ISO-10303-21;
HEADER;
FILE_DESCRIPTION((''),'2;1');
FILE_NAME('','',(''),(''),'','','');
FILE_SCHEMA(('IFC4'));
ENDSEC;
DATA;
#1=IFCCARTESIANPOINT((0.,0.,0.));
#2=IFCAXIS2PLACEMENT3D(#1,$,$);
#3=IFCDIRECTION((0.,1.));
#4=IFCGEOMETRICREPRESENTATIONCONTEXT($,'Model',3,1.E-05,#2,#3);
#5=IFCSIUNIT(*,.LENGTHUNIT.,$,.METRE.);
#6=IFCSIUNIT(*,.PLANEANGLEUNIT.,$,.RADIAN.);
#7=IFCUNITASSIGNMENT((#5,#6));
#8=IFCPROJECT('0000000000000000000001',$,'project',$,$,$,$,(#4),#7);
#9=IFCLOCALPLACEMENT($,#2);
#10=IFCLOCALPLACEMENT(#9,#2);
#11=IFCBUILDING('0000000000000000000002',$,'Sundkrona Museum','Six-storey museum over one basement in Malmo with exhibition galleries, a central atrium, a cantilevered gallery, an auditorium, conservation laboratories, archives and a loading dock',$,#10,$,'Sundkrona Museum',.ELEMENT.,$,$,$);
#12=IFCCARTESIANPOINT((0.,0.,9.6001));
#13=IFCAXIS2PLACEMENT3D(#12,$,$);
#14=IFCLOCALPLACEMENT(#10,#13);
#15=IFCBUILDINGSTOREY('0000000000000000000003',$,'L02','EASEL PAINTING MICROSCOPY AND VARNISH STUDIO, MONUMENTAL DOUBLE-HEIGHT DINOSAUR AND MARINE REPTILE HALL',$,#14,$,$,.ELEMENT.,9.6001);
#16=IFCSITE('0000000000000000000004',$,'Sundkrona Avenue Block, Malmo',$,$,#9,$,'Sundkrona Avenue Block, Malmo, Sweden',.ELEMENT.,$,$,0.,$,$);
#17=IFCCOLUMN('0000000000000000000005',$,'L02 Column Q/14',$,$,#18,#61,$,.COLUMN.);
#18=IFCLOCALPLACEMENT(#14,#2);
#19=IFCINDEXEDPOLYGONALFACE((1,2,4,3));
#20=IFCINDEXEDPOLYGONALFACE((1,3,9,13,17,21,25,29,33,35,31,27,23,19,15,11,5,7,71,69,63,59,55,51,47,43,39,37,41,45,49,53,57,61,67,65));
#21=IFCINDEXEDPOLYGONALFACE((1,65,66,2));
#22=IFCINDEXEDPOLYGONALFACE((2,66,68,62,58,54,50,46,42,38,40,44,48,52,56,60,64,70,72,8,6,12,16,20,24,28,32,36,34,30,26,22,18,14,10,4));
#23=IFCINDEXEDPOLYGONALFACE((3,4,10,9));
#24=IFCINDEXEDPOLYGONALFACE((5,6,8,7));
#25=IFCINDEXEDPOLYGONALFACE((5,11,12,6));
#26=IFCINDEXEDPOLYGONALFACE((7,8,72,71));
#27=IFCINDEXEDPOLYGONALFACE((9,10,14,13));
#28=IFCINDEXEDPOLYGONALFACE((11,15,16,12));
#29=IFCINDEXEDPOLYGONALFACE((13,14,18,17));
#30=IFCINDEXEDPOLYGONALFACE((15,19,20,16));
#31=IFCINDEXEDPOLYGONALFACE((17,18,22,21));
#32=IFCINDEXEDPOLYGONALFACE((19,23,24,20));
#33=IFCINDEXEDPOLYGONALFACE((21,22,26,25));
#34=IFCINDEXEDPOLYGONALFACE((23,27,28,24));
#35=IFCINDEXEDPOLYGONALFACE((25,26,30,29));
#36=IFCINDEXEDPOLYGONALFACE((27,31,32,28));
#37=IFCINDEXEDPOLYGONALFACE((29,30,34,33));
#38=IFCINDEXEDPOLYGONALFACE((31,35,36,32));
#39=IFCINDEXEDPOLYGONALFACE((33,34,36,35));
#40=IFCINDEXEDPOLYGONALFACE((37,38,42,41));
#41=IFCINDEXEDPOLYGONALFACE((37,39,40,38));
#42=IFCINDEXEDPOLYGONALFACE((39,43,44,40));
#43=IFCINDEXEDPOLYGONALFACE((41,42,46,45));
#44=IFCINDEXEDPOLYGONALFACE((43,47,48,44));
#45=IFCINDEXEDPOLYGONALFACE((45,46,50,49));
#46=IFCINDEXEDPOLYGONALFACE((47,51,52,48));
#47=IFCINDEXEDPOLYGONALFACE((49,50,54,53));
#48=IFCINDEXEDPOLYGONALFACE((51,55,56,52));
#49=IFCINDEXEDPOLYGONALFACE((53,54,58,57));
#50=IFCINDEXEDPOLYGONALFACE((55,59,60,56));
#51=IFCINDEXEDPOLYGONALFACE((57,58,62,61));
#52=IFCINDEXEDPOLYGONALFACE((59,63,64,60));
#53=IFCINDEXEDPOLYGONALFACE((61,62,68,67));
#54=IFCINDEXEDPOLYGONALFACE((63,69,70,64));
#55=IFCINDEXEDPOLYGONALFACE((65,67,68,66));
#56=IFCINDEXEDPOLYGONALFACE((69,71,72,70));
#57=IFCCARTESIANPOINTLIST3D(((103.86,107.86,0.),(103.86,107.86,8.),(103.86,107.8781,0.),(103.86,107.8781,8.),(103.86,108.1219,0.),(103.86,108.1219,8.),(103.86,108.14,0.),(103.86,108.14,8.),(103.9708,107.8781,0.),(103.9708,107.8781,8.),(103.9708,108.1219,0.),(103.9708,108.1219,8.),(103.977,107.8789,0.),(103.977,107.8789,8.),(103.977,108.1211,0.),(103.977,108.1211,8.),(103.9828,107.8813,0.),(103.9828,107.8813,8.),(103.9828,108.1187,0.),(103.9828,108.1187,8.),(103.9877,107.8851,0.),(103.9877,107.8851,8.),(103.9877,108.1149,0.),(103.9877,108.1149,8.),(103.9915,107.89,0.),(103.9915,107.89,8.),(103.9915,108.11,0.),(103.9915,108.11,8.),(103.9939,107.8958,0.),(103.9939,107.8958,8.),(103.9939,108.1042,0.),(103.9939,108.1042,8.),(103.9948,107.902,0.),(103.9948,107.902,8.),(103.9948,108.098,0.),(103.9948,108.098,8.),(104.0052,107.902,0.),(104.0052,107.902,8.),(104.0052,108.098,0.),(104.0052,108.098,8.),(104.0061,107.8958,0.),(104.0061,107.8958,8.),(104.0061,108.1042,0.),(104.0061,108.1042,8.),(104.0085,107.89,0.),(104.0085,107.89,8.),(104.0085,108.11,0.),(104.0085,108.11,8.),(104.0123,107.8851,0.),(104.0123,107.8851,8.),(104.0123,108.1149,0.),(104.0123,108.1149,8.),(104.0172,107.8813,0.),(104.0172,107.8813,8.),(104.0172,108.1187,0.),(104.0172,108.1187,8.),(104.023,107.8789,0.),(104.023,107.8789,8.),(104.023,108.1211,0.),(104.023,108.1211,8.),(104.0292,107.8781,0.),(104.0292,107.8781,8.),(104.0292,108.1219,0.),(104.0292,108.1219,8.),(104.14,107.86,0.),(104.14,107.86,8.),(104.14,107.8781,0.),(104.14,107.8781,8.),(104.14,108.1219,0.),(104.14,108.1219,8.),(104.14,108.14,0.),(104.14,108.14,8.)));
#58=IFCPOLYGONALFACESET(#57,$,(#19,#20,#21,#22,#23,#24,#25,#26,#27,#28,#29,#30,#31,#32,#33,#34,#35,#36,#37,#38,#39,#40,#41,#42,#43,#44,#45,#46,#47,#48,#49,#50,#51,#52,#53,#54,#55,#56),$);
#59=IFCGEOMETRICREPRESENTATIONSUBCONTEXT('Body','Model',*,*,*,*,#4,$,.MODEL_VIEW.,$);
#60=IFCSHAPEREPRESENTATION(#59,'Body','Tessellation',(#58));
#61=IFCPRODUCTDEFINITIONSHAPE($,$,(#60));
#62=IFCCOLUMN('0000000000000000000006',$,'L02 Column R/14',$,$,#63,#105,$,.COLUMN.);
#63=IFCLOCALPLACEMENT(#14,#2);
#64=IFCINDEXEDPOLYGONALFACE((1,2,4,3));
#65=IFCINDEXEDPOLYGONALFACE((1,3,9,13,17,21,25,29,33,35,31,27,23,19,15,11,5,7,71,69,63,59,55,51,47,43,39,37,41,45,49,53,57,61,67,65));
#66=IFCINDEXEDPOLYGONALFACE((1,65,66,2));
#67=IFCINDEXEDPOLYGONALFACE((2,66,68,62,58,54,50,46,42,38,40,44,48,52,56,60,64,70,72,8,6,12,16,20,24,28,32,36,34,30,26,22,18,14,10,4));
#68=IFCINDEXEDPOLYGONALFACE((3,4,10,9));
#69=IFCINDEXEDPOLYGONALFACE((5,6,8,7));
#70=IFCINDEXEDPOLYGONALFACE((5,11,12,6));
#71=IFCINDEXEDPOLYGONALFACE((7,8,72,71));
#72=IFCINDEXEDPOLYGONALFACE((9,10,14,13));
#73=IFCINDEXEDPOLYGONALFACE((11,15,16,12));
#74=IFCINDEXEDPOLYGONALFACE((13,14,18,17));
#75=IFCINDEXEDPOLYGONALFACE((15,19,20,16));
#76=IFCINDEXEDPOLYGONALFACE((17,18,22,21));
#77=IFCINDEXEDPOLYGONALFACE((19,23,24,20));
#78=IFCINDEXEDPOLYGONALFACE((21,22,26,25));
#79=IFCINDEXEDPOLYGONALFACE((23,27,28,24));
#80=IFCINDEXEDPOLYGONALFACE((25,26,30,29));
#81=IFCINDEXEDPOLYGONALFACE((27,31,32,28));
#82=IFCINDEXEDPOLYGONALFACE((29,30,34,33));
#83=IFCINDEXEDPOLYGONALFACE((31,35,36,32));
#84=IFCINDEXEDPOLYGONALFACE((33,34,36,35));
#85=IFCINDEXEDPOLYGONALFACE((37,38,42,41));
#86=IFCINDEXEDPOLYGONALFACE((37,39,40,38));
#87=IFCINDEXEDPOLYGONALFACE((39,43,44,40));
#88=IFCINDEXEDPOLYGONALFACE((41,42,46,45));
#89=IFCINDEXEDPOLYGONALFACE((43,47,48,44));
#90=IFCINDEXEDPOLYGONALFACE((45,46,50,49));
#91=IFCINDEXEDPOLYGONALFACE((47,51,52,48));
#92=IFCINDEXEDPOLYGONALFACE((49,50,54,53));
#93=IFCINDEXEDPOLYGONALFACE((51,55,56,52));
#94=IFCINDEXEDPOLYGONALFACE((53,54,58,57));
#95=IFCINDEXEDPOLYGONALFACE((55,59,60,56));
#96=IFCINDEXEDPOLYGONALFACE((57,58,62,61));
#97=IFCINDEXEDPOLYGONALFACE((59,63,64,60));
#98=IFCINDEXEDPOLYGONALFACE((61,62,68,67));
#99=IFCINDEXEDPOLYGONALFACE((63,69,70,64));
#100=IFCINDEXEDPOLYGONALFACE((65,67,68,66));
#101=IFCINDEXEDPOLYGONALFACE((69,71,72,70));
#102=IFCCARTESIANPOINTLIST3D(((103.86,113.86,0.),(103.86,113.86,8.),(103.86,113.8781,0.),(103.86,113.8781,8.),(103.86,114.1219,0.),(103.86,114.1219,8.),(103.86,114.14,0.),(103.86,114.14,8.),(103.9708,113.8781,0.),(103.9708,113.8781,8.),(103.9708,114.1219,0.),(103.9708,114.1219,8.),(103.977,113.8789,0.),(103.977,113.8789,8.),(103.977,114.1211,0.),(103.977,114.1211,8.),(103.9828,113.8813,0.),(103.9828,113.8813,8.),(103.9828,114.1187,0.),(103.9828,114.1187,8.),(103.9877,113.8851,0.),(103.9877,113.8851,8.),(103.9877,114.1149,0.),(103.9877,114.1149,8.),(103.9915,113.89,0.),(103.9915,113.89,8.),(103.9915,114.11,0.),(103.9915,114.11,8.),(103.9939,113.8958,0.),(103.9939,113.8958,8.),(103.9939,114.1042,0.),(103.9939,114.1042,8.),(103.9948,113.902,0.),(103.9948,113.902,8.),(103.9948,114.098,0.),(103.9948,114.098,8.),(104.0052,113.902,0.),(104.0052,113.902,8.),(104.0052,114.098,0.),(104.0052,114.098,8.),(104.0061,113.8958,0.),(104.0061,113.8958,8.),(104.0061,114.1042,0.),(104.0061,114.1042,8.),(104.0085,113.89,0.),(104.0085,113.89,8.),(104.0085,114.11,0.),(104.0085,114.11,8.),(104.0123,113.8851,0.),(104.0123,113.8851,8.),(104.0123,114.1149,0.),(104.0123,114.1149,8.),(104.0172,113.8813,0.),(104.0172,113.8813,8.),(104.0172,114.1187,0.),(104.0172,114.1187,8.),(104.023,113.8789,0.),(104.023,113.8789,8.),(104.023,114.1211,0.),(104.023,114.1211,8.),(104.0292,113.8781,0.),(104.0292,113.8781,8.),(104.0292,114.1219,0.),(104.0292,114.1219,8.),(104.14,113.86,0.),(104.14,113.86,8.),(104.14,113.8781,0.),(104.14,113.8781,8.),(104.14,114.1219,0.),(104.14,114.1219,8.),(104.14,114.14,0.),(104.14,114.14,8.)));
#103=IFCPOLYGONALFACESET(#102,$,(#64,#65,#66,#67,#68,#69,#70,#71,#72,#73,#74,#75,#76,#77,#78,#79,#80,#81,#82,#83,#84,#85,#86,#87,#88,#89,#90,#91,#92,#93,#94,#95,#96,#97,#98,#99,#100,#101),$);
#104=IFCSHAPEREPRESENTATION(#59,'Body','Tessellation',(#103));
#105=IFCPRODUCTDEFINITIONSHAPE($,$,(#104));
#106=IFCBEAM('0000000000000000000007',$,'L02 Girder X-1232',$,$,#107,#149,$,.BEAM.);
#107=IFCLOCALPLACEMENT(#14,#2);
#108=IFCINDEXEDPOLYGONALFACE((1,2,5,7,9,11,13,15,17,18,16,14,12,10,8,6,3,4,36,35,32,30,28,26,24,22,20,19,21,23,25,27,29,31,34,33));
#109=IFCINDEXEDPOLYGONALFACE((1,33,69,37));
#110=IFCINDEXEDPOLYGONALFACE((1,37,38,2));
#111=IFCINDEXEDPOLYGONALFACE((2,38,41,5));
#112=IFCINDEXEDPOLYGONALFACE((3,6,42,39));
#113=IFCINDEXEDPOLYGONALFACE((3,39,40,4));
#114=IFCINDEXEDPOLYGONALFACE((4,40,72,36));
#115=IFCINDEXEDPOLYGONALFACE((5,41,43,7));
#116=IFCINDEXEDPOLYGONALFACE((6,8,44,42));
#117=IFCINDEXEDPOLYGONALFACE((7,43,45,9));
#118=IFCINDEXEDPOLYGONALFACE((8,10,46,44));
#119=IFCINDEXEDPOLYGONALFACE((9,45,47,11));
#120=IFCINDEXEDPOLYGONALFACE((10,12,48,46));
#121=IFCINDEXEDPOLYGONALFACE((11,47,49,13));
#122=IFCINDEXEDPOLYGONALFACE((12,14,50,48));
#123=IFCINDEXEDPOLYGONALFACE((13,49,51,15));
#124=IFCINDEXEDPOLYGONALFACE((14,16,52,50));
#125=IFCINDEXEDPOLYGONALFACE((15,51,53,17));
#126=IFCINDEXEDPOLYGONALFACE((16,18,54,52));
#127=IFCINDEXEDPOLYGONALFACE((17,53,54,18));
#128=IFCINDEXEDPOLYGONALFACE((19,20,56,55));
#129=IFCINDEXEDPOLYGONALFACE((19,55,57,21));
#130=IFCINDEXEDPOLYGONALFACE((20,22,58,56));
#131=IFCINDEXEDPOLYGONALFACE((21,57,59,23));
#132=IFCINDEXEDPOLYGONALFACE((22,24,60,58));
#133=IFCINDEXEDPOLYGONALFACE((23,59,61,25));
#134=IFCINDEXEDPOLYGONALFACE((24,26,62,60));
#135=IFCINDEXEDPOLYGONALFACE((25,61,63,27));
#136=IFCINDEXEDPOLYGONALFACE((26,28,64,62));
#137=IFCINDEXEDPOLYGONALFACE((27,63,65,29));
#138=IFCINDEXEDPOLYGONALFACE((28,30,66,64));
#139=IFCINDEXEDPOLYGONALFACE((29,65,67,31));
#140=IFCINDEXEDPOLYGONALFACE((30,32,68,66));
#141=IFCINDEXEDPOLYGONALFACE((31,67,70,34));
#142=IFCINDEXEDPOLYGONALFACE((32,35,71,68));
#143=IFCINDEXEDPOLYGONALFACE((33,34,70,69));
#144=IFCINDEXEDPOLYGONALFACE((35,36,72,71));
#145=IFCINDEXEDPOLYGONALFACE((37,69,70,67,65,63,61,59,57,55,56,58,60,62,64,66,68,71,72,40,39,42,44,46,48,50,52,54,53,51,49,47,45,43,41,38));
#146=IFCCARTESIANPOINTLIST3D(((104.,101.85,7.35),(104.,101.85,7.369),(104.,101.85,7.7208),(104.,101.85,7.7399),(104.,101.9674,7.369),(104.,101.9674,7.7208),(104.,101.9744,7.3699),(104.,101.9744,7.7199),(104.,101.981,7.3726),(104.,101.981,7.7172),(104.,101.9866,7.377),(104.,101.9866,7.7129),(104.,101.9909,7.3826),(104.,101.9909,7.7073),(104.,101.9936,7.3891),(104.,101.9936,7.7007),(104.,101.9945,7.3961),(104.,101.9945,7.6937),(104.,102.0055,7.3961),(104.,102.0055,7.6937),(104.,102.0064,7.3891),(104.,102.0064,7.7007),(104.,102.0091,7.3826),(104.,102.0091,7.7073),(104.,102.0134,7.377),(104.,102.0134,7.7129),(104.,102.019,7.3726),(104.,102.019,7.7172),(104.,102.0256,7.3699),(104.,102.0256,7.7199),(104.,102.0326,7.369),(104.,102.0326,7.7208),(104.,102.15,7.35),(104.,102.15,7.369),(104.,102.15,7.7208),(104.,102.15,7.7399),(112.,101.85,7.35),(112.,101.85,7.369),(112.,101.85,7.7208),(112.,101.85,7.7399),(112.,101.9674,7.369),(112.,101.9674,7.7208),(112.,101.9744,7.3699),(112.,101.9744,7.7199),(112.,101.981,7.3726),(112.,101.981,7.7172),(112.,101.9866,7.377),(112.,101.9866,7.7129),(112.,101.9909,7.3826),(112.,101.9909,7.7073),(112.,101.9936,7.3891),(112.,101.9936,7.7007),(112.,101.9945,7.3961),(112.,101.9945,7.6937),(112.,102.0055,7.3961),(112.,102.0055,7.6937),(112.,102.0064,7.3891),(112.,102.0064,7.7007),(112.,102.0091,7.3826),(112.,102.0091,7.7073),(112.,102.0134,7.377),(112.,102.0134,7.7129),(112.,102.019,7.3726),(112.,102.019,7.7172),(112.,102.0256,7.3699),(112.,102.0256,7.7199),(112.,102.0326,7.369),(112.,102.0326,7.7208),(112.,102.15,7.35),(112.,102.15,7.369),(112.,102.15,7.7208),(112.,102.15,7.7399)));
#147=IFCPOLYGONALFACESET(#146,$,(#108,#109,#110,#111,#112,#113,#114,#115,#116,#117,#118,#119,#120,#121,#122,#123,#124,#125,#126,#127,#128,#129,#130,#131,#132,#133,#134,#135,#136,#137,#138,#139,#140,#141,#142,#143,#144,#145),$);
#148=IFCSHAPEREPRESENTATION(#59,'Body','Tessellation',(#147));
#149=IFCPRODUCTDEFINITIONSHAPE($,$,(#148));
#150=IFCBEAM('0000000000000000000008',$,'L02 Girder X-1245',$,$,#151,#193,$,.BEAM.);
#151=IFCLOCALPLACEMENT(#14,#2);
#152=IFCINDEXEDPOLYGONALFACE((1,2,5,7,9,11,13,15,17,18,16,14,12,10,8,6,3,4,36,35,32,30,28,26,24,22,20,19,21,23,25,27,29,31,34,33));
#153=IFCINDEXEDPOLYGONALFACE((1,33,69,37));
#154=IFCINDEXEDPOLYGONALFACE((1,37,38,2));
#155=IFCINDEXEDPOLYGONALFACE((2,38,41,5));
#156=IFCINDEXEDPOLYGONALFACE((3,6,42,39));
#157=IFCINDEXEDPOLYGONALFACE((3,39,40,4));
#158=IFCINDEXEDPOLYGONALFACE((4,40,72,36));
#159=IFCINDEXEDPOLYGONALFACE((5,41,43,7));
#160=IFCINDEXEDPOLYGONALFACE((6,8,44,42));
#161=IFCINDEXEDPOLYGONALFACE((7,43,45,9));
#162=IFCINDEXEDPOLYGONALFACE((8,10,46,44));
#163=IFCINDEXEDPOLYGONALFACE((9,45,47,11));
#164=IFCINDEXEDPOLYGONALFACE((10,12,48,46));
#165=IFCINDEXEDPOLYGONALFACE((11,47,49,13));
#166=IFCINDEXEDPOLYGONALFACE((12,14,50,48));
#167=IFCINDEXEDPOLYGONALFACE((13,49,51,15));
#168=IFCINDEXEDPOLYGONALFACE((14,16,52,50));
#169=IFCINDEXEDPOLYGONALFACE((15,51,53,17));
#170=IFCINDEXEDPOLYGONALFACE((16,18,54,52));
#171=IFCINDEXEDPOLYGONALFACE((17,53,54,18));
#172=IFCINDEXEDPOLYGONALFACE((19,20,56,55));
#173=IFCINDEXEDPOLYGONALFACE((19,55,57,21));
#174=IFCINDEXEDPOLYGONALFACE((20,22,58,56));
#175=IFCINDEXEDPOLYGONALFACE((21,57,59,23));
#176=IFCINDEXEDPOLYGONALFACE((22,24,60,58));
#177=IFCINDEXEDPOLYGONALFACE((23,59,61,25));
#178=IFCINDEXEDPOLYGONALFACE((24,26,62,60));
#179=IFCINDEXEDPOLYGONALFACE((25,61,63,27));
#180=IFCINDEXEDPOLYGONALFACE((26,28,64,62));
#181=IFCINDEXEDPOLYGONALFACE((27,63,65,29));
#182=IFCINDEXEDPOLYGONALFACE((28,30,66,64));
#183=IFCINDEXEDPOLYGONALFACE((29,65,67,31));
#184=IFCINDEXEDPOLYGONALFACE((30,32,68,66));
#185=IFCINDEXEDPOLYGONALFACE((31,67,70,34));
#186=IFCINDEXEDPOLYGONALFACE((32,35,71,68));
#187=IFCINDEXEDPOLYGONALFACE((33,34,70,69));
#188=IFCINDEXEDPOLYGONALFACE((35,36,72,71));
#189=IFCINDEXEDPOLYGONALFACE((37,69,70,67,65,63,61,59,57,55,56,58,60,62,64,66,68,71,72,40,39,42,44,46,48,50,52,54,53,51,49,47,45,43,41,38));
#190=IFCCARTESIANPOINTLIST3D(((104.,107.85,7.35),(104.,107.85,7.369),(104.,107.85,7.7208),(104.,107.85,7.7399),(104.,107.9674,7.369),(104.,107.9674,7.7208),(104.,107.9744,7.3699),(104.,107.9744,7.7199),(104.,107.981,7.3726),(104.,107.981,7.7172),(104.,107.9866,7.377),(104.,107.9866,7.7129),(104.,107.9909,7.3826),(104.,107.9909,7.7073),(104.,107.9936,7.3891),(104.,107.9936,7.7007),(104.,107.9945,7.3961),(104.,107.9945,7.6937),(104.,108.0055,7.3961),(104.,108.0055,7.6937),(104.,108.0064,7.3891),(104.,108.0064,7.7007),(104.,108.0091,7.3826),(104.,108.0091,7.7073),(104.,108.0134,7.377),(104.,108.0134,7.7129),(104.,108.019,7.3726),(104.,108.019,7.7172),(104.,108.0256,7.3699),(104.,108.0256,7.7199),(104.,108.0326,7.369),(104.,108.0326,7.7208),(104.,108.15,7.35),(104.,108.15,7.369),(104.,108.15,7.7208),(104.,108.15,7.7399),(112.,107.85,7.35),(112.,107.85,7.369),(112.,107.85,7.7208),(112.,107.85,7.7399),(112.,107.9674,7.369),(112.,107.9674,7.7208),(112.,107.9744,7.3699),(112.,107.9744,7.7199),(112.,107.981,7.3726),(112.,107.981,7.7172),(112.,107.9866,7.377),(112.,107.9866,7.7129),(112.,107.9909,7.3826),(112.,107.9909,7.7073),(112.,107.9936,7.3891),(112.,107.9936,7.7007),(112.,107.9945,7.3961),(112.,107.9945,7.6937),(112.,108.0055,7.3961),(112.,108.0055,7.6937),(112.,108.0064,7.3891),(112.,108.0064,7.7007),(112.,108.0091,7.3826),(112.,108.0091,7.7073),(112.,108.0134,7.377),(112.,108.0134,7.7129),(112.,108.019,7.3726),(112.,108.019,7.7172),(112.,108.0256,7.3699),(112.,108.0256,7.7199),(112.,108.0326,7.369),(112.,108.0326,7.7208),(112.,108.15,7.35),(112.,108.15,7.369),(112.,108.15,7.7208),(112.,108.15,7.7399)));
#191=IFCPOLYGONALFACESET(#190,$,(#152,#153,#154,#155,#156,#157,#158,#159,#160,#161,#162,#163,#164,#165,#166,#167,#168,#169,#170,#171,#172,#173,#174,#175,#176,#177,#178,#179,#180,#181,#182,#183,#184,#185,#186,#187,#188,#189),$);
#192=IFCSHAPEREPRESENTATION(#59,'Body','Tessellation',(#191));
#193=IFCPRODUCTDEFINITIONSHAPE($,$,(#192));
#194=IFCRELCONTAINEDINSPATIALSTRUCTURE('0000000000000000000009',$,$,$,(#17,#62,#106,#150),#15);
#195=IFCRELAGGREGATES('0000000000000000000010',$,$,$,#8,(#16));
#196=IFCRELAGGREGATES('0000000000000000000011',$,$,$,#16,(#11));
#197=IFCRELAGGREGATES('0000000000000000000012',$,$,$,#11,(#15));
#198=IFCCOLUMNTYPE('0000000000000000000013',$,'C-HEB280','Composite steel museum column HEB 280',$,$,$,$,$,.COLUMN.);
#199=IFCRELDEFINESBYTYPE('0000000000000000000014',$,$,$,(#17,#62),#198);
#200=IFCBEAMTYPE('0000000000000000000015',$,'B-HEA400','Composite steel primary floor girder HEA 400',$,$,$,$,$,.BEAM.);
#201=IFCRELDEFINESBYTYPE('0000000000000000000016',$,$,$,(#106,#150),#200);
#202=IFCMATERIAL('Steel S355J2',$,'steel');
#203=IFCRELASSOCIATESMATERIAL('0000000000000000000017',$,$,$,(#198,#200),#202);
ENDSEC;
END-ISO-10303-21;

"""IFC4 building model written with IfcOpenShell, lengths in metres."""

from ifc_helpers import new_model, si_unit, direction, frame, origin, origin_2d, place, context, subcontext, project, spatial, i_section, extrude, material, material_profile, profile_set, type_object, element, save


model = new_model("IFC4")

# Units and contexts
model_context = context("Model", 3, precision=1e-05, world=origin(), true_north=direction((0.0, 1.0)))
body_context = subcontext(model_context, "Body", "Model", "MODEL_VIEW")
ifc_project = project(units=[si_unit("LENGTHUNIT", "METRE"), si_unit("PLANEANGLEUNIT", "RADIAN")], contexts=[model_context])

# Site, building, storey
site_placement = place(None, origin())
site = spatial("IfcSite", under=ifc_project, at=site_placement, Name="Sundkrona Avenue Block, Malmo", LongName="Sundkrona Avenue Block, Malmo, Sweden", CompositionType="ELEMENT", RefElevation=0.0)
building_placement = place(site_placement, origin())
building = spatial("IfcBuilding", under=site, at=building_placement, Name="Sundkrona Museum", Description="Six-storey museum over one basement in Malmo with exhibition galleries, a central atrium, a cantilevered gallery, an auditorium, conservation laboratories, archives and a loading dock", LongName="Sundkrona Museum", CompositionType="ELEMENT")
storey_placement = place(building_placement, frame((0.0, 0.0, 9.6001)))
storey = spatial("IfcBuildingStorey", under=building, at=storey_placement, Name="L02", Description="EASEL PAINTING MICROSCOPY AND VARNISH STUDIO, MONUMENTAL DOUBLE-HEIGHT DINOSAUR AND MARINE REPTILE HALL", CompositionType="ELEMENT", Elevation=9.6001)

# Columns
ifc_material_1 = material(Name="Steel S355J2", Category="steel")
ifc_material_profile_1 = material_profile(ifc_material_1, i_section(OverallWidth=0.28, OverallDepth=0.28, WebThickness=0.0105, FlangeThickness=0.0181, FilletRadius=0.0239, at=origin_2d()), Name="HEB 280")
ifc_profile_set_1 = profile_set([ifc_material_profile_1], Name="Steel S355J2")
column_type = type_object("IfcColumnType", Name="C-HEB280", Description="Composite steel museum column HEB 280", PredefinedType="COLUMN", material=ifc_profile_set_1)
for number, where, z_axis, x_axis, name in (
    (1, (104.0, 108.0, 0.0), (0.0, 0.0, 1.0), (1.0, 0.0, 0.0), "L02 Column Q/14"),
    (2, (104.0, 114.0, 0.0), (0.0, 0.0, 1.0), (1.0, 0.0, 0.0), "L02 Column R/14"),
):
    element("IfcColumn", number, at=place(storey_placement, frame(where, z_axis=z_axis, x_axis=x_axis)), inside=storey, type_object=column_type, Name=name, PredefinedType="COLUMN", context=body_context, shape_type="SweptSolid", body=[
        extrude(i_section(OverallWidth=0.28, OverallDepth=0.28, WebThickness=0.0105, FlangeThickness=0.0181, FilletRadius=0.0239, at=origin_2d()), origin(), (0.0, 0.0, 1.0), 8.0),
    ])

# Beams
ifc_material_profile_2 = material_profile(ifc_material_1, i_section(OverallWidth=0.3, OverallDepth=0.3899, WebThickness=0.011, FlangeThickness=0.019, FilletRadius=0.0271, at=origin_2d()), Name="HEA 400")
ifc_profile_set_2 = profile_set([ifc_material_profile_2], Name="Steel S355J2")
beam_type_1 = type_object("IfcBeamType", Name="B-HEA400", Description="Composite steel primary floor girder HEA 400", PredefinedType="BEAM", material=ifc_profile_set_2)
for number, where, z_axis, x_axis, name in (
    (3, (104.0, 102.0, 7.5449), (1.0, 0.0, 0.0), (0.0, 1.0, 0.0), "L02 Girder X-1232"),
    (4, (104.0, 108.0, 7.5449), (1.0, 0.0, 0.0), (0.0, 1.0, 0.0), "L02 Girder X-1245"),
):
    element("IfcBeam", number, at=place(storey_placement, frame(where, z_axis=z_axis, x_axis=x_axis)), inside=storey, type_object=beam_type_1, Name=name, PredefinedType="BEAM", context=body_context, shape_type="SweptSolid", body=[
        extrude(i_section(OverallWidth=0.3, OverallDepth=0.3899, WebThickness=0.011, FlangeThickness=0.019, FilletRadius=0.0271, at=origin_2d()), origin(), (0.0, 0.0, 1.0), 8.0),
    ])

save(model, "model.ifc")
